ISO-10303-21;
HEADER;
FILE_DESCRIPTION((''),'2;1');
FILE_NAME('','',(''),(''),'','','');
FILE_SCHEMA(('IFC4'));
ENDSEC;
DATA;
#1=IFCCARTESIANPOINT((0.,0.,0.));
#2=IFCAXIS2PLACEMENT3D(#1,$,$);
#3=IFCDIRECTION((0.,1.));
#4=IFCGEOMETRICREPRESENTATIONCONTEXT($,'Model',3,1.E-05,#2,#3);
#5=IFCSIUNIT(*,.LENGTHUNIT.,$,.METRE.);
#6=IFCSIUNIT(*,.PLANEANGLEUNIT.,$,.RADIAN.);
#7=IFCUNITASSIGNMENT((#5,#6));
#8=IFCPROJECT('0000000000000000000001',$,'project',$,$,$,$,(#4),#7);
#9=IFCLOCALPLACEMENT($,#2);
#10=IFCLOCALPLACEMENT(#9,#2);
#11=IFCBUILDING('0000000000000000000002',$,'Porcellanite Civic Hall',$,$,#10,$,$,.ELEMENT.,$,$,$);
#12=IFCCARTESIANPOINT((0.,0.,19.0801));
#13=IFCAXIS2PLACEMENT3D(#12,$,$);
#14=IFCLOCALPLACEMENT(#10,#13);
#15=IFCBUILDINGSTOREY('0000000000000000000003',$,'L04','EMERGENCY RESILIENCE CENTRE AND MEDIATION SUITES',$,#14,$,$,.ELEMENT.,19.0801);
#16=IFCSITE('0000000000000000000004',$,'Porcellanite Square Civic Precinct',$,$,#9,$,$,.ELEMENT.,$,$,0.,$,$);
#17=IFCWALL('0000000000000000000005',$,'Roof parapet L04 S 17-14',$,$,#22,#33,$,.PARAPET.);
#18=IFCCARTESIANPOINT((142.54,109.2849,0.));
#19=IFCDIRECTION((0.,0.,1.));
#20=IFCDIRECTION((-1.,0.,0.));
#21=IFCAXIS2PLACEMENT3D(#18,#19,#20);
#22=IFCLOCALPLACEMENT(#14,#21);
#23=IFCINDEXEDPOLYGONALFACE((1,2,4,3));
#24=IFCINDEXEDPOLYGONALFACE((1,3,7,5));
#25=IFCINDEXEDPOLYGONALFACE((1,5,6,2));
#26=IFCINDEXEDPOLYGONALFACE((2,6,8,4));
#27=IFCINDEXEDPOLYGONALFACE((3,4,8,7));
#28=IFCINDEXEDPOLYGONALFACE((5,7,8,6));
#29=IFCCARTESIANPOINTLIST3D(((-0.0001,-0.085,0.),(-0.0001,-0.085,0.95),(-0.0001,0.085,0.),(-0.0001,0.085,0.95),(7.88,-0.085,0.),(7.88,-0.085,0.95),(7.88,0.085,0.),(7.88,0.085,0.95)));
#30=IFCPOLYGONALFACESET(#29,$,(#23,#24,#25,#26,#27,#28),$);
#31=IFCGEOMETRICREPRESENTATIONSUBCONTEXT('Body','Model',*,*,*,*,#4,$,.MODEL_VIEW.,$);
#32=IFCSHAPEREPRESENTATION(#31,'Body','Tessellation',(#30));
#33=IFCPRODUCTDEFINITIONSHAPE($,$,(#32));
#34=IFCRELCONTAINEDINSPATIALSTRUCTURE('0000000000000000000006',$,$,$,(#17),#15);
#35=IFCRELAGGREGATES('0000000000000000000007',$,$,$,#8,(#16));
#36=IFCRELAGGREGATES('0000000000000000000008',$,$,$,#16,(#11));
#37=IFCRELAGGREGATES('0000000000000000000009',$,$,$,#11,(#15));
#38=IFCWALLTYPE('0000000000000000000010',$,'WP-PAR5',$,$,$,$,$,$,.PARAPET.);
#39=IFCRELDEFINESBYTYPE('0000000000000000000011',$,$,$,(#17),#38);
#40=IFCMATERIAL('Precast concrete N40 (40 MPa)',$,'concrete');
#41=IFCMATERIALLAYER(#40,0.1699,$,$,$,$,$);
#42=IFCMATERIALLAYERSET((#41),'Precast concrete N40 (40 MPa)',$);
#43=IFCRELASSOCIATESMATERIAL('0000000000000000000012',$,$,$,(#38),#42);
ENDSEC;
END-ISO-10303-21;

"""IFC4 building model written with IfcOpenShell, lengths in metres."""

from ifc_helpers import new_model, si_unit, direction, frame, frame_2d, origin, place, context, subcontext, project, spatial, rectangle, extrude, material, layer, layer_set, type_object, element, save


model = new_model("IFC4")

# Units and contexts
model_context = context("Model", 3, precision=1e-05, world=origin(), true_north=direction((0.0, 1.0)))
body_context = subcontext(model_context, "Body", "Model", "MODEL_VIEW")
ifc_project = project(units=[si_unit("LENGTHUNIT", "METRE"), si_unit("PLANEANGLEUNIT", "RADIAN")], contexts=[model_context])

# Site, building, storey
site_placement = place(None, origin())
site = spatial("IfcSite", under=ifc_project, at=site_placement, Name="Porcellanite Square Civic Precinct", CompositionType="ELEMENT", RefElevation=0.0)
building_placement = place(site_placement, origin())
building = spatial("IfcBuilding", under=site, at=building_placement, Name="Porcellanite Civic Hall", CompositionType="ELEMENT")
storey_placement = place(building_placement, frame((0.0, 0.0, 19.0801)))
storey = spatial("IfcBuildingStorey", under=building, at=storey_placement, Name="L04", Description="EMERGENCY RESILIENCE CENTRE AND MEDIATION SUITES", CompositionType="ELEMENT", Elevation=19.0801)

# Wall
ifc_material_1 = material(Name="Precast concrete N40 (40 MPa)", Category="concrete")
ifc_layer_1 = layer(ifc_material_1, 0.1699)
ifc_layer_set_1 = layer_set([ifc_layer_1], Name="Precast concrete N40 (40 MPa)")
wall_type_1 = type_object("IfcWallType", Name="WP-PAR5", PredefinedType="PARAPET", material=ifc_layer_set_1)
wall_1_placement = place(storey_placement, frame((142.54, 109.2849, 0.0), z_axis=(0.0, 0.0, 1.0), x_axis=(-1.0, 0.0, 0.0)))
element("IfcWall", 1, at=wall_1_placement, inside=storey, type_object=wall_type_1, Name="Roof parapet L04 S 17-14", PredefinedType="PARAPET", context=body_context, shape_type="SweptSolid", body=[
    extrude(rectangle(XDim=7.8801, YDim=0.1699, at=frame_2d((3.9399, 0.0))), origin(), (0.0, 0.0, 1.0), 0.95),
])

save(model, "model.ifc")
